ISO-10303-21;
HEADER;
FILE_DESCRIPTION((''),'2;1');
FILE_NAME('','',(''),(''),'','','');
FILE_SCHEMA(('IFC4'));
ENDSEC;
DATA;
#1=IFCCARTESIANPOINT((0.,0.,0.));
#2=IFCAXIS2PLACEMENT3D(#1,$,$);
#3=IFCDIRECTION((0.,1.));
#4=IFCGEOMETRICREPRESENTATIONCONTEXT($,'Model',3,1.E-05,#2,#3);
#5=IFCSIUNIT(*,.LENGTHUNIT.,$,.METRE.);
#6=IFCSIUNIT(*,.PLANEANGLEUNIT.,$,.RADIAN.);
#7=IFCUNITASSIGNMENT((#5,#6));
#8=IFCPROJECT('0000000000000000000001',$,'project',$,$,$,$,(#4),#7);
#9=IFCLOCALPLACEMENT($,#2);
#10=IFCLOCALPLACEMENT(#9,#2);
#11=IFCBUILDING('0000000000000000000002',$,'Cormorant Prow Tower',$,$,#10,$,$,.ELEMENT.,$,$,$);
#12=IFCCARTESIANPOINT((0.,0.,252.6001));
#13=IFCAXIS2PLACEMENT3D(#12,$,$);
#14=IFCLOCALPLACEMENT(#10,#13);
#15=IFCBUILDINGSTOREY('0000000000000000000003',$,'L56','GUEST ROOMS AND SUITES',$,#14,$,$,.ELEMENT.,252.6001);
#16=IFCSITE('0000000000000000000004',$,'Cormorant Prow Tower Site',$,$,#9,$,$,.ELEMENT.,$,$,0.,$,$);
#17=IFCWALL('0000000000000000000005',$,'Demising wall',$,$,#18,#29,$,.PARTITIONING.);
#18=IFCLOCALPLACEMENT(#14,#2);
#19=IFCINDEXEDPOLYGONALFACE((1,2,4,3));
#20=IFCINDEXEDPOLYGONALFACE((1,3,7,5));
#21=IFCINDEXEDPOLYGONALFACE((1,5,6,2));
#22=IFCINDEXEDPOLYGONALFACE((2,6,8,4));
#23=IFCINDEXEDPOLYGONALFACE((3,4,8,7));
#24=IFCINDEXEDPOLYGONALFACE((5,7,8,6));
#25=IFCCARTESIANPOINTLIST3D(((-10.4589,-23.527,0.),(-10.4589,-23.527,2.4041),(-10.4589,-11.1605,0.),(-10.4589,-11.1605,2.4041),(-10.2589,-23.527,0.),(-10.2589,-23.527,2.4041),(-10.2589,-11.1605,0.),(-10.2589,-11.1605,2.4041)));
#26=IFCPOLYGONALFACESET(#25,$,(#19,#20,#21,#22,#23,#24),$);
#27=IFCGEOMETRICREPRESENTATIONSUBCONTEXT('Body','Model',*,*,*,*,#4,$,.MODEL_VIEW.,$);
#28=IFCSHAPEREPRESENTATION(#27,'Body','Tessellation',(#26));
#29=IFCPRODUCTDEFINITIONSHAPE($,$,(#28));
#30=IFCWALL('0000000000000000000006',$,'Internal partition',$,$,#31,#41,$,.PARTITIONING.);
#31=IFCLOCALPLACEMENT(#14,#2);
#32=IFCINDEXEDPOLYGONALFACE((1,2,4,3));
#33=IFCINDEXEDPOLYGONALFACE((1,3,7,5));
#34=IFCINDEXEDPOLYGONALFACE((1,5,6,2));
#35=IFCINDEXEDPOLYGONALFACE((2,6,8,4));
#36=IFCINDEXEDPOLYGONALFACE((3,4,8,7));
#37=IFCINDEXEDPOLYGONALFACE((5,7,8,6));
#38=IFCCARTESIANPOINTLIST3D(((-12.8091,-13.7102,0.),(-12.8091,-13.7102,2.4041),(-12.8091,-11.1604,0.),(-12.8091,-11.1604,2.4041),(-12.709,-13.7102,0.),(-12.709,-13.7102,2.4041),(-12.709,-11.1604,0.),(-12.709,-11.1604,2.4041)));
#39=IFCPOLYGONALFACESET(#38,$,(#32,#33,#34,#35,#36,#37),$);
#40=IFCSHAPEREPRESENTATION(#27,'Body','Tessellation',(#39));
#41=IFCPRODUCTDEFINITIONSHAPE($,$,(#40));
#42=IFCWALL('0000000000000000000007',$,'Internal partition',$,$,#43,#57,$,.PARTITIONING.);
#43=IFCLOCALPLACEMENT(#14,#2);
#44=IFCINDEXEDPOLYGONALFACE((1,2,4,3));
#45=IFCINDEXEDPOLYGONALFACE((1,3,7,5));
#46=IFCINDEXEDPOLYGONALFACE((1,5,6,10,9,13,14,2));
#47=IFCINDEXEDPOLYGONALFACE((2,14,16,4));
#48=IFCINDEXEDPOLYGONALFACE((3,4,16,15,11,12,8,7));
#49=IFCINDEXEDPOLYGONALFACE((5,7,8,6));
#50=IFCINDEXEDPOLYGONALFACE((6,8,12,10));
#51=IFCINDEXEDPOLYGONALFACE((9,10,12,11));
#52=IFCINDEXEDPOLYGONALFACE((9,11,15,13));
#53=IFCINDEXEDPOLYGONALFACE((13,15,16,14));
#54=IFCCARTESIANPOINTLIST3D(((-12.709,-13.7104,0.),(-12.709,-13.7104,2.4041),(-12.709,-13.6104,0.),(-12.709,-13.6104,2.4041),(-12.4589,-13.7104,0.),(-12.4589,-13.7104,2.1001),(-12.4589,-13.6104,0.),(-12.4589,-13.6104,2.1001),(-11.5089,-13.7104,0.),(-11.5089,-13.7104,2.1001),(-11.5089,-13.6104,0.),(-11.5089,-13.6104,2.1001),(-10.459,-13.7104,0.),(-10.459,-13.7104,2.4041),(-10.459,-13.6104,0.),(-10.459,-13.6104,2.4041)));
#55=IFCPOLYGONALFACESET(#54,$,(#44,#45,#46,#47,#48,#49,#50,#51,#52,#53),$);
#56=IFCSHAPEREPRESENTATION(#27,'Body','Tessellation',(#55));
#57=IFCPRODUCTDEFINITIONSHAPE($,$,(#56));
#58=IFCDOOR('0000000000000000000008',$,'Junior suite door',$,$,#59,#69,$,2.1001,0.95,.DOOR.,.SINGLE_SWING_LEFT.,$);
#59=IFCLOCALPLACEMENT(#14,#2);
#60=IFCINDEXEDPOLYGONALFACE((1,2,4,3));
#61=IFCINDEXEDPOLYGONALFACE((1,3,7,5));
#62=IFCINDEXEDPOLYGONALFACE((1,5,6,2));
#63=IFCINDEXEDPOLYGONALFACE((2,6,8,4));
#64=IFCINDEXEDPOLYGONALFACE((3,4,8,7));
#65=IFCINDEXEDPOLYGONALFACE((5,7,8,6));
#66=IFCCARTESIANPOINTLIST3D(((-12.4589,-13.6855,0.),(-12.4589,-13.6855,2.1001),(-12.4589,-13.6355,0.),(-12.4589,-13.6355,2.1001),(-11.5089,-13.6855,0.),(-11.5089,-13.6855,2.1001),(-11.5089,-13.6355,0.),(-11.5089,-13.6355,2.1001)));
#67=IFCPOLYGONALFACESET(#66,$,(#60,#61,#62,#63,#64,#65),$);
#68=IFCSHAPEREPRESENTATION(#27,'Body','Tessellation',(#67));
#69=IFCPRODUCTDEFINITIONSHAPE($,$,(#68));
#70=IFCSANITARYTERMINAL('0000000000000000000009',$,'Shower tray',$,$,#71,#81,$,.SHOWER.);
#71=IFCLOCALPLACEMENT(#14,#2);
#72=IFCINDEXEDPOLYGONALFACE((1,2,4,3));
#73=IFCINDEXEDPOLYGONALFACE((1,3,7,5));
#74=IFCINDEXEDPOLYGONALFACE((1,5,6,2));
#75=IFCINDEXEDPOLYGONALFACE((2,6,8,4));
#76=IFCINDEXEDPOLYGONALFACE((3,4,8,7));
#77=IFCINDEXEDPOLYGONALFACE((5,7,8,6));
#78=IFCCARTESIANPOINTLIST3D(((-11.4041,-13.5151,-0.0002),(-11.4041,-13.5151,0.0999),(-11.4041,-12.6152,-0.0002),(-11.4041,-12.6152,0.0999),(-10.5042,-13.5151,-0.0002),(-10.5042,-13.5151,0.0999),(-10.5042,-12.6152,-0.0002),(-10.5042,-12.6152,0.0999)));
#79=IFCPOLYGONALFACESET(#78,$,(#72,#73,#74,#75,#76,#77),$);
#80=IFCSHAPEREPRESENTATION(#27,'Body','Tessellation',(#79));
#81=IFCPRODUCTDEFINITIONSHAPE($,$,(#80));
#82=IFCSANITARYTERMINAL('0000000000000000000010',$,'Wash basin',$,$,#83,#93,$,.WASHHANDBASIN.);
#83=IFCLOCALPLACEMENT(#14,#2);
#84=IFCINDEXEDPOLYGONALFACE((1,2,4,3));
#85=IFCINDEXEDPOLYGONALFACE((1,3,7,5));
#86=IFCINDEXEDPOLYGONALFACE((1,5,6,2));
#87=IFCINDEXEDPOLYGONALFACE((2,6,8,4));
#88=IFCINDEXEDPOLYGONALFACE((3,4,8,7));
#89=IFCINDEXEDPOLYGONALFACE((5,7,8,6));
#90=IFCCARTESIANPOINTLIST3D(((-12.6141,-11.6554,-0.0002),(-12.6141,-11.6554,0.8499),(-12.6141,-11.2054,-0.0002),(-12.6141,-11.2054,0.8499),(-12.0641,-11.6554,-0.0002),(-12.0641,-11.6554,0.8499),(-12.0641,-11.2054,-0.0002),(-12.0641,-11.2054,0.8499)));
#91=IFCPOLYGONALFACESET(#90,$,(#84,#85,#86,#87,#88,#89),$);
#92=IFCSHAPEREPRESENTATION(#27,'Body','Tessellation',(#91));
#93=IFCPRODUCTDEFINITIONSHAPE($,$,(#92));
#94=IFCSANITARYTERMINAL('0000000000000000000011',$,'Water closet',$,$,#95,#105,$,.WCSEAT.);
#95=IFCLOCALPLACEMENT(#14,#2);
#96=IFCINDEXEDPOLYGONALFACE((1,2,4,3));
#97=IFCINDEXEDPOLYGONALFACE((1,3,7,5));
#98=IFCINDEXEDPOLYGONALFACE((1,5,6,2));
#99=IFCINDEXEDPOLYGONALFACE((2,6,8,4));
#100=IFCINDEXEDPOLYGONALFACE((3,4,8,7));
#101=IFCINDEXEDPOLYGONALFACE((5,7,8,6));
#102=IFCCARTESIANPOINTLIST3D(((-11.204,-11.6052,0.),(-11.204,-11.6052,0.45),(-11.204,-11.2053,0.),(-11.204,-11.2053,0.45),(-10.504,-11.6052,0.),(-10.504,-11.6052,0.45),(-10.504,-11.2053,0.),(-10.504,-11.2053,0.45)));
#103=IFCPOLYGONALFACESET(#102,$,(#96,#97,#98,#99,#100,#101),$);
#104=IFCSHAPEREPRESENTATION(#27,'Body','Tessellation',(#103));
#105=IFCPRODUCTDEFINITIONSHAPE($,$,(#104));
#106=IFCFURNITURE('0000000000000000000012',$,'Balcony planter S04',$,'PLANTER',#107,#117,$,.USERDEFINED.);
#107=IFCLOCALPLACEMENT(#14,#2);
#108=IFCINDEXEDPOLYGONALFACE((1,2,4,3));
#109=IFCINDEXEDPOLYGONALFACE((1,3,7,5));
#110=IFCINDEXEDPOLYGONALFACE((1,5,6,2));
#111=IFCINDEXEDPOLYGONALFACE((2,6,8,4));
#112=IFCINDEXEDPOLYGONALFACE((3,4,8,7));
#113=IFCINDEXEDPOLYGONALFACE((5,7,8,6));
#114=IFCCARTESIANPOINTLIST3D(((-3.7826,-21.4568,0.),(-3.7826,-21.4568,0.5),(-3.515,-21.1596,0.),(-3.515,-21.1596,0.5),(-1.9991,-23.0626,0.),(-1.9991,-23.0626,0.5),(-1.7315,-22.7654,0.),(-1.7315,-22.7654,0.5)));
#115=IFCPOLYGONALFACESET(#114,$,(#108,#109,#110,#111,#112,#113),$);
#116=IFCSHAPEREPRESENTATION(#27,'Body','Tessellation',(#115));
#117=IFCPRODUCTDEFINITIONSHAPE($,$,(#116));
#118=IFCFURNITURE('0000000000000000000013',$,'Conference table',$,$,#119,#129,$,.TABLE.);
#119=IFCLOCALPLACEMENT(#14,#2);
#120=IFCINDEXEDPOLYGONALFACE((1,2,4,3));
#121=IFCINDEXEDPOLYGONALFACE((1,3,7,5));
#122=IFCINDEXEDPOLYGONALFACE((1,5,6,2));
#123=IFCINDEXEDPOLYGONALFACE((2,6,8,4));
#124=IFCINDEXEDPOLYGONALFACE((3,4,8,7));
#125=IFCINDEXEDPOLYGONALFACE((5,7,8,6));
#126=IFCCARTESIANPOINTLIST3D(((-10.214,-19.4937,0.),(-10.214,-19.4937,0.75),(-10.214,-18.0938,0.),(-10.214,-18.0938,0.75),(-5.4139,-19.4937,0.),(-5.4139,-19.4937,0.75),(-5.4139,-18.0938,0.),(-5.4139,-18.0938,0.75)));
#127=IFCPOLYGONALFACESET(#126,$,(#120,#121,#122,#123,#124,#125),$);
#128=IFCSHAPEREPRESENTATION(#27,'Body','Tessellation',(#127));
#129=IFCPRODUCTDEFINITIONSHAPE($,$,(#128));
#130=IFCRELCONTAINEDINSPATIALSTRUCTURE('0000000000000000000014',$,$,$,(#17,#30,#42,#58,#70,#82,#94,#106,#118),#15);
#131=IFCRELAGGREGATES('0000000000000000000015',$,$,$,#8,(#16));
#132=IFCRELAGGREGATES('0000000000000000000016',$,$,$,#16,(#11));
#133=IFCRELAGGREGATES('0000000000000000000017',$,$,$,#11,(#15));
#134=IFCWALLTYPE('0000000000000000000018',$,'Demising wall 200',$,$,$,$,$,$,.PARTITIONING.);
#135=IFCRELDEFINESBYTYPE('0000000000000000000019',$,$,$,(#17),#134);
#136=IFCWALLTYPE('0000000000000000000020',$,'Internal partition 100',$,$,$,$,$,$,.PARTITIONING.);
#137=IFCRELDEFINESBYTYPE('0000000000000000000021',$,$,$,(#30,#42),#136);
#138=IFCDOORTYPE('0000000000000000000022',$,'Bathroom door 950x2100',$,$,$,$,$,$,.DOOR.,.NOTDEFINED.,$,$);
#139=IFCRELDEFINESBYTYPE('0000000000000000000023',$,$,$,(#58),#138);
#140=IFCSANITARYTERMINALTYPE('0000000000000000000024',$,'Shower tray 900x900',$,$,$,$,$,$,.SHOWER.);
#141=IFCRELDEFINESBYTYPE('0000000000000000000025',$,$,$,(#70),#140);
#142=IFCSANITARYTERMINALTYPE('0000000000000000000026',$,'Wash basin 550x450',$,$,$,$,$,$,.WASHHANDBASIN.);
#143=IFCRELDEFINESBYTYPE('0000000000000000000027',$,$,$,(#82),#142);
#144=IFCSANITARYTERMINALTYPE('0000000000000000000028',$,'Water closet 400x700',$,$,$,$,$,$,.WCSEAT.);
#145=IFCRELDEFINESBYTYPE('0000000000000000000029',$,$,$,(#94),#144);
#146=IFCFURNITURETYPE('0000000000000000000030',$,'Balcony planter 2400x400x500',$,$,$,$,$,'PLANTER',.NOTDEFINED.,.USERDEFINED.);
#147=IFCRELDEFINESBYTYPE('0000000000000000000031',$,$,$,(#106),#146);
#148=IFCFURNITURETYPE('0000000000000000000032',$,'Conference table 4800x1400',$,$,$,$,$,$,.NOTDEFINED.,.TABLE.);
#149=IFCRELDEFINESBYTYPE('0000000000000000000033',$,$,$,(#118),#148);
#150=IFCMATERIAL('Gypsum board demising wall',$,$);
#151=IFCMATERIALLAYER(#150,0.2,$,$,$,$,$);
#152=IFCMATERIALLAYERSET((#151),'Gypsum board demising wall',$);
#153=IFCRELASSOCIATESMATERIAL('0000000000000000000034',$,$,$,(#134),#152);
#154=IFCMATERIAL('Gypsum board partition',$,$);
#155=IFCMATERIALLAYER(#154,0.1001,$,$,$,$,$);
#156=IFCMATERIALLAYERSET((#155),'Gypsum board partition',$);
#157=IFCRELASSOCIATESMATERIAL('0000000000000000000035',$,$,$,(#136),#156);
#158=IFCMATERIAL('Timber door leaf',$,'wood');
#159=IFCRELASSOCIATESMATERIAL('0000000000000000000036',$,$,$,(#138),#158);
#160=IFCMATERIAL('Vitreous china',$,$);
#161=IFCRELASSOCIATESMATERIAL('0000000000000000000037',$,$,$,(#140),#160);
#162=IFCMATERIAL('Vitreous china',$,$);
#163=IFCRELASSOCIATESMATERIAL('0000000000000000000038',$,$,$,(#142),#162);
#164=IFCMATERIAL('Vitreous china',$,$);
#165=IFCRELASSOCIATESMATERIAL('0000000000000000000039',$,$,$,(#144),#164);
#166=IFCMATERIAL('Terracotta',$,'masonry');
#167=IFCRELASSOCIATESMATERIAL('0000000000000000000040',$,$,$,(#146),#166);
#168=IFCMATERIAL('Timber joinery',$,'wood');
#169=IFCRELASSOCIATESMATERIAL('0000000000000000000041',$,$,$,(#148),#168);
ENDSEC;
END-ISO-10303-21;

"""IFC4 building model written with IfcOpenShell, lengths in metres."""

from ifc_helpers import new_model, si_unit, direction, frame, frame_2d, origin, origin_2d, place, context, subcontext, project, spatial, rectangle, extrude, material, layer, layer_set, type_object, element, fill, save


model = new_model("IFC4")

# Units and contexts
model_context = context("Model", 3, precision=1e-05, world=origin(), true_north=direction((0.0, 1.0)))
body_context = subcontext(model_context, "Body", "Model", "MODEL_VIEW")
ifc_project = project(units=[si_unit("LENGTHUNIT", "METRE"), si_unit("PLANEANGLEUNIT", "RADIAN")], contexts=[model_context])

# Site, building, storey
site_placement = place(None, origin())
site = spatial("IfcSite", under=ifc_project, at=site_placement, Name="Cormorant Prow Tower Site", CompositionType="ELEMENT", RefElevation=0.0)
building_placement = place(site_placement, origin())
building = spatial("IfcBuilding", under=site, at=building_placement, Name="Cormorant Prow Tower", CompositionType="ELEMENT")
storey_placement = place(building_placement, frame((0.0, 0.0, 252.6001)))
storey = spatial("IfcBuildingStorey", under=building, at=storey_placement, Name="L56", Description="GUEST ROOMS AND SUITES", CompositionType="ELEMENT", Elevation=252.6001)

# Walls
ifc_material_1 = material(Name="Gypsum board demising wall")
ifc_layer_1 = layer(ifc_material_1, 0.2)
ifc_layer_set_1 = layer_set([ifc_layer_1], Name="Gypsum board demising wall")
wall_type_1 = type_object("IfcWallType", Name="Demising wall 200", PredefinedType="PARTITIONING", material=ifc_layer_set_1)
wall_1_placement = place(storey_placement, frame((-10.3589, -23.5269, 0.0), z_axis=(0.0, 0.0, 1.0), x_axis=(0.0, 1.0, 0.0)))
element("IfcWall", 1, at=wall_1_placement, inside=storey, type_object=wall_type_1, Name="Demising wall", PredefinedType="PARTITIONING", context=body_context, shape_type="SweptSolid", body=[
    extrude(rectangle(XDim=12.3665, YDim=0.2, at=frame_2d((6.1831, 0.0))), origin(), (0.0, 0.0, 1.0), 2.4041),
])
ifc_material_2 = material(Name="Gypsum board partition")
ifc_layer_2 = layer(ifc_material_2, 0.1001)
ifc_layer_set_2 = layer_set([ifc_layer_2], Name="Gypsum board partition")
wall_type_2 = type_object("IfcWallType", Name="Internal partition 100", PredefinedType="PARTITIONING", material=ifc_layer_set_2)
wall_2_placement = place(storey_placement, frame((-12.759, -13.7102, 0.0), z_axis=(0.0, 0.0, 1.0), x_axis=(0.0, 1.0, 0.0)))
element("IfcWall", 2, at=wall_2_placement, inside=storey, type_object=wall_type_2, Name="Internal partition", PredefinedType="PARTITIONING", context=body_context, shape_type="SweptSolid", body=[
    extrude(rectangle(XDim=2.5498, YDim=0.1001, at=frame_2d((1.2749, 0.0))), origin(), (0.0, 0.0, 1.0), 2.4041),
])

# Wall, opening, door
wall_3_placement = place(storey_placement, frame((-12.709, -13.6604, 0.0), z_axis=(0.0, 0.0, 1.0), x_axis=(1.0, 0.0, 0.0)))
wall_3 = element("IfcWall", 3, at=wall_3_placement, inside=storey, type_object=wall_type_2, Name="Internal partition", PredefinedType="PARTITIONING", context=body_context, shape_type="SweptSolid", body=[
    extrude(rectangle(XDim=2.25, YDim=0.1001, at=frame_2d((1.125, 0.0))), origin(), (0.0, 0.0, 1.0), 2.4041),
])
opening_1_placement = place(wall_3_placement, frame((0.25, 0.0, 0.0)))
opening_1 = element("IfcOpeningElement", 4, at=opening_1_placement, cuts=wall_3, PredefinedType="OPENING", context=body_context, shape_type="SweptSolid", body=[
    extrude(rectangle(XDim=0.95, YDim=2.1001, at=frame_2d((0.4751, 1.05))), frame((0.0, 0.0601, 0.0), z_axis=(0.0, -1.0, 0.0), x_axis=(1.0, 0.0, 0.0)), (0.0, 0.0, 1.0), 0.1201),
])
ifc_material_3 = material(Name="Timber door leaf", Category="wood")
door_type_1 = type_object("IfcDoorType", Name="Bathroom door 950x2100", OperationType="NOTDEFINED", PredefinedType="DOOR", material=ifc_material_3)
door_1_placement = place(opening_1_placement, origin())
door_1 = element("IfcDoor", 5, at=door_1_placement, inside=storey, type_object=door_type_1, Name="Junior suite door", OperationType="SINGLE_SWING_LEFT", OverallHeight=2.1001, OverallWidth=0.95, PredefinedType="DOOR", context=body_context, shape_type="SweptSolid", body=[
    extrude(rectangle(XDim=0.95, YDim=2.1001, at=frame_2d((0.4751, 1.05))), frame((0.0, 0.0249, 0.0), z_axis=(0.0, -1.0, 0.0), x_axis=(1.0, 0.0, 0.0)), (0.0, 0.0, 1.0), 0.05),
])
fill(opening_1, door_1)

# Sanitary terminals
ifc_material_4 = material(Name="Vitreous china")
sanitary_terminal_type_1 = type_object("IfcSanitaryTerminalType", Name="Shower tray 900x900", PredefinedType="SHOWER", material=ifc_material_4)
sanitary_terminal_1_placement = place(storey_placement, frame((-10.9541, -13.0652, -0.0002), z_axis=(0.0, 0.0, 1.0), x_axis=(-1.0, 0.0, 0.0)))
element("IfcSanitaryTerminal", 6, at=sanitary_terminal_1_placement, inside=storey, type_object=sanitary_terminal_type_1, Name="Shower tray", PredefinedType="SHOWER", context=body_context, shape_type="SweptSolid", body=[
    extrude(rectangle(XDim=0.8999, YDim=0.8999, at=origin_2d()), origin(), (0.0, 0.0, 1.0), 0.1001),
])
ifc_material_5 = material(Name="Vitreous china")
sanitary_terminal_type_2 = type_object("IfcSanitaryTerminalType", Name="Wash basin 550x450", PredefinedType="WASHHANDBASIN", material=ifc_material_5)
sanitary_terminal_2_placement = place(storey_placement, frame((-12.3391, -11.4304, -0.0002), z_axis=(0.0, 0.0, 1.0), x_axis=(1.0, 0.0, 0.0)))
element("IfcSanitaryTerminal", 7, at=sanitary_terminal_2_placement, inside=storey, type_object=sanitary_terminal_type_2, Name="Wash basin", PredefinedType="WASHHANDBASIN", context=body_context, shape_type="SweptSolid", body=[
    extrude(rectangle(XDim=0.55, YDim=0.45, at=origin_2d()), origin(), (0.0, 0.0, 1.0), 0.8501),
])
ifc_material_6 = material(Name="Vitreous china")
sanitary_terminal_type_3 = type_object("IfcSanitaryTerminalType", Name="Water closet 400x700", PredefinedType="WCSEAT", material=ifc_material_6)
sanitary_terminal_3_placement = place(storey_placement, frame((-10.854, -11.4053, 0.0), z_axis=(0.0, 0.0, 1.0), x_axis=(0.0, -1.0, 0.0)))
element("IfcSanitaryTerminal", 8, at=sanitary_terminal_3_placement, inside=storey, type_object=sanitary_terminal_type_3, Name="Water closet", PredefinedType="WCSEAT", context=body_context, shape_type="SweptSolid", body=[
    extrude(rectangle(XDim=0.3999, YDim=0.7, at=origin_2d()), origin(), (0.0, 0.0, 1.0), 0.45),
])

# Furniture
ifc_material_7 = material(Name="Terracotta", Category="masonry")
furniture_type_1 = type_object("IfcFurnitureType", Name="Balcony planter 2400x400x500", ElementType="PLANTER", AssemblyPlace="NOTDEFINED", PredefinedType="USERDEFINED", material=ifc_material_7)
furniture_1_placement = place(storey_placement, frame((-2.7571, -22.1111, 0.0), z_axis=(0.0, 0.0, 1.0), x_axis=(0.743145, -0.669131, 0.0)))
element("IfcFurniture", 9, at=furniture_1_placement, inside=storey, type_object=furniture_type_1, Name="Balcony planter S04", ObjectType="PLANTER", PredefinedType="USERDEFINED", context=body_context, shape_type="SweptSolid", body=[
    extrude(rectangle(XDim=2.3999, YDim=0.3999, at=origin_2d()), origin(), (0.0, 0.0, 1.0), 0.5),
])
ifc_material_8 = material(Name="Timber joinery", Category="wood")
furniture_type_2 = type_object("IfcFurnitureType", Name="Conference table 4800x1400", AssemblyPlace="NOTDEFINED", PredefinedType="TABLE", material=ifc_material_8)
furniture_2_placement = place(storey_placement, frame((-7.814, -18.7937, 0.0), z_axis=(0.0, 0.0, 1.0), x_axis=(1.0, 0.0, 0.0)))
element("IfcFurniture", 10, at=furniture_2_placement, inside=storey, type_object=furniture_type_2, Name="Conference table", PredefinedType="TABLE", context=body_context, shape_type="SweptSolid", body=[
    extrude(rectangle(XDim=4.8, YDim=1.3999, at=origin_2d()), origin(), (0.0, 0.0, 1.0), 0.75),
])

save(model, "model.ifc")
